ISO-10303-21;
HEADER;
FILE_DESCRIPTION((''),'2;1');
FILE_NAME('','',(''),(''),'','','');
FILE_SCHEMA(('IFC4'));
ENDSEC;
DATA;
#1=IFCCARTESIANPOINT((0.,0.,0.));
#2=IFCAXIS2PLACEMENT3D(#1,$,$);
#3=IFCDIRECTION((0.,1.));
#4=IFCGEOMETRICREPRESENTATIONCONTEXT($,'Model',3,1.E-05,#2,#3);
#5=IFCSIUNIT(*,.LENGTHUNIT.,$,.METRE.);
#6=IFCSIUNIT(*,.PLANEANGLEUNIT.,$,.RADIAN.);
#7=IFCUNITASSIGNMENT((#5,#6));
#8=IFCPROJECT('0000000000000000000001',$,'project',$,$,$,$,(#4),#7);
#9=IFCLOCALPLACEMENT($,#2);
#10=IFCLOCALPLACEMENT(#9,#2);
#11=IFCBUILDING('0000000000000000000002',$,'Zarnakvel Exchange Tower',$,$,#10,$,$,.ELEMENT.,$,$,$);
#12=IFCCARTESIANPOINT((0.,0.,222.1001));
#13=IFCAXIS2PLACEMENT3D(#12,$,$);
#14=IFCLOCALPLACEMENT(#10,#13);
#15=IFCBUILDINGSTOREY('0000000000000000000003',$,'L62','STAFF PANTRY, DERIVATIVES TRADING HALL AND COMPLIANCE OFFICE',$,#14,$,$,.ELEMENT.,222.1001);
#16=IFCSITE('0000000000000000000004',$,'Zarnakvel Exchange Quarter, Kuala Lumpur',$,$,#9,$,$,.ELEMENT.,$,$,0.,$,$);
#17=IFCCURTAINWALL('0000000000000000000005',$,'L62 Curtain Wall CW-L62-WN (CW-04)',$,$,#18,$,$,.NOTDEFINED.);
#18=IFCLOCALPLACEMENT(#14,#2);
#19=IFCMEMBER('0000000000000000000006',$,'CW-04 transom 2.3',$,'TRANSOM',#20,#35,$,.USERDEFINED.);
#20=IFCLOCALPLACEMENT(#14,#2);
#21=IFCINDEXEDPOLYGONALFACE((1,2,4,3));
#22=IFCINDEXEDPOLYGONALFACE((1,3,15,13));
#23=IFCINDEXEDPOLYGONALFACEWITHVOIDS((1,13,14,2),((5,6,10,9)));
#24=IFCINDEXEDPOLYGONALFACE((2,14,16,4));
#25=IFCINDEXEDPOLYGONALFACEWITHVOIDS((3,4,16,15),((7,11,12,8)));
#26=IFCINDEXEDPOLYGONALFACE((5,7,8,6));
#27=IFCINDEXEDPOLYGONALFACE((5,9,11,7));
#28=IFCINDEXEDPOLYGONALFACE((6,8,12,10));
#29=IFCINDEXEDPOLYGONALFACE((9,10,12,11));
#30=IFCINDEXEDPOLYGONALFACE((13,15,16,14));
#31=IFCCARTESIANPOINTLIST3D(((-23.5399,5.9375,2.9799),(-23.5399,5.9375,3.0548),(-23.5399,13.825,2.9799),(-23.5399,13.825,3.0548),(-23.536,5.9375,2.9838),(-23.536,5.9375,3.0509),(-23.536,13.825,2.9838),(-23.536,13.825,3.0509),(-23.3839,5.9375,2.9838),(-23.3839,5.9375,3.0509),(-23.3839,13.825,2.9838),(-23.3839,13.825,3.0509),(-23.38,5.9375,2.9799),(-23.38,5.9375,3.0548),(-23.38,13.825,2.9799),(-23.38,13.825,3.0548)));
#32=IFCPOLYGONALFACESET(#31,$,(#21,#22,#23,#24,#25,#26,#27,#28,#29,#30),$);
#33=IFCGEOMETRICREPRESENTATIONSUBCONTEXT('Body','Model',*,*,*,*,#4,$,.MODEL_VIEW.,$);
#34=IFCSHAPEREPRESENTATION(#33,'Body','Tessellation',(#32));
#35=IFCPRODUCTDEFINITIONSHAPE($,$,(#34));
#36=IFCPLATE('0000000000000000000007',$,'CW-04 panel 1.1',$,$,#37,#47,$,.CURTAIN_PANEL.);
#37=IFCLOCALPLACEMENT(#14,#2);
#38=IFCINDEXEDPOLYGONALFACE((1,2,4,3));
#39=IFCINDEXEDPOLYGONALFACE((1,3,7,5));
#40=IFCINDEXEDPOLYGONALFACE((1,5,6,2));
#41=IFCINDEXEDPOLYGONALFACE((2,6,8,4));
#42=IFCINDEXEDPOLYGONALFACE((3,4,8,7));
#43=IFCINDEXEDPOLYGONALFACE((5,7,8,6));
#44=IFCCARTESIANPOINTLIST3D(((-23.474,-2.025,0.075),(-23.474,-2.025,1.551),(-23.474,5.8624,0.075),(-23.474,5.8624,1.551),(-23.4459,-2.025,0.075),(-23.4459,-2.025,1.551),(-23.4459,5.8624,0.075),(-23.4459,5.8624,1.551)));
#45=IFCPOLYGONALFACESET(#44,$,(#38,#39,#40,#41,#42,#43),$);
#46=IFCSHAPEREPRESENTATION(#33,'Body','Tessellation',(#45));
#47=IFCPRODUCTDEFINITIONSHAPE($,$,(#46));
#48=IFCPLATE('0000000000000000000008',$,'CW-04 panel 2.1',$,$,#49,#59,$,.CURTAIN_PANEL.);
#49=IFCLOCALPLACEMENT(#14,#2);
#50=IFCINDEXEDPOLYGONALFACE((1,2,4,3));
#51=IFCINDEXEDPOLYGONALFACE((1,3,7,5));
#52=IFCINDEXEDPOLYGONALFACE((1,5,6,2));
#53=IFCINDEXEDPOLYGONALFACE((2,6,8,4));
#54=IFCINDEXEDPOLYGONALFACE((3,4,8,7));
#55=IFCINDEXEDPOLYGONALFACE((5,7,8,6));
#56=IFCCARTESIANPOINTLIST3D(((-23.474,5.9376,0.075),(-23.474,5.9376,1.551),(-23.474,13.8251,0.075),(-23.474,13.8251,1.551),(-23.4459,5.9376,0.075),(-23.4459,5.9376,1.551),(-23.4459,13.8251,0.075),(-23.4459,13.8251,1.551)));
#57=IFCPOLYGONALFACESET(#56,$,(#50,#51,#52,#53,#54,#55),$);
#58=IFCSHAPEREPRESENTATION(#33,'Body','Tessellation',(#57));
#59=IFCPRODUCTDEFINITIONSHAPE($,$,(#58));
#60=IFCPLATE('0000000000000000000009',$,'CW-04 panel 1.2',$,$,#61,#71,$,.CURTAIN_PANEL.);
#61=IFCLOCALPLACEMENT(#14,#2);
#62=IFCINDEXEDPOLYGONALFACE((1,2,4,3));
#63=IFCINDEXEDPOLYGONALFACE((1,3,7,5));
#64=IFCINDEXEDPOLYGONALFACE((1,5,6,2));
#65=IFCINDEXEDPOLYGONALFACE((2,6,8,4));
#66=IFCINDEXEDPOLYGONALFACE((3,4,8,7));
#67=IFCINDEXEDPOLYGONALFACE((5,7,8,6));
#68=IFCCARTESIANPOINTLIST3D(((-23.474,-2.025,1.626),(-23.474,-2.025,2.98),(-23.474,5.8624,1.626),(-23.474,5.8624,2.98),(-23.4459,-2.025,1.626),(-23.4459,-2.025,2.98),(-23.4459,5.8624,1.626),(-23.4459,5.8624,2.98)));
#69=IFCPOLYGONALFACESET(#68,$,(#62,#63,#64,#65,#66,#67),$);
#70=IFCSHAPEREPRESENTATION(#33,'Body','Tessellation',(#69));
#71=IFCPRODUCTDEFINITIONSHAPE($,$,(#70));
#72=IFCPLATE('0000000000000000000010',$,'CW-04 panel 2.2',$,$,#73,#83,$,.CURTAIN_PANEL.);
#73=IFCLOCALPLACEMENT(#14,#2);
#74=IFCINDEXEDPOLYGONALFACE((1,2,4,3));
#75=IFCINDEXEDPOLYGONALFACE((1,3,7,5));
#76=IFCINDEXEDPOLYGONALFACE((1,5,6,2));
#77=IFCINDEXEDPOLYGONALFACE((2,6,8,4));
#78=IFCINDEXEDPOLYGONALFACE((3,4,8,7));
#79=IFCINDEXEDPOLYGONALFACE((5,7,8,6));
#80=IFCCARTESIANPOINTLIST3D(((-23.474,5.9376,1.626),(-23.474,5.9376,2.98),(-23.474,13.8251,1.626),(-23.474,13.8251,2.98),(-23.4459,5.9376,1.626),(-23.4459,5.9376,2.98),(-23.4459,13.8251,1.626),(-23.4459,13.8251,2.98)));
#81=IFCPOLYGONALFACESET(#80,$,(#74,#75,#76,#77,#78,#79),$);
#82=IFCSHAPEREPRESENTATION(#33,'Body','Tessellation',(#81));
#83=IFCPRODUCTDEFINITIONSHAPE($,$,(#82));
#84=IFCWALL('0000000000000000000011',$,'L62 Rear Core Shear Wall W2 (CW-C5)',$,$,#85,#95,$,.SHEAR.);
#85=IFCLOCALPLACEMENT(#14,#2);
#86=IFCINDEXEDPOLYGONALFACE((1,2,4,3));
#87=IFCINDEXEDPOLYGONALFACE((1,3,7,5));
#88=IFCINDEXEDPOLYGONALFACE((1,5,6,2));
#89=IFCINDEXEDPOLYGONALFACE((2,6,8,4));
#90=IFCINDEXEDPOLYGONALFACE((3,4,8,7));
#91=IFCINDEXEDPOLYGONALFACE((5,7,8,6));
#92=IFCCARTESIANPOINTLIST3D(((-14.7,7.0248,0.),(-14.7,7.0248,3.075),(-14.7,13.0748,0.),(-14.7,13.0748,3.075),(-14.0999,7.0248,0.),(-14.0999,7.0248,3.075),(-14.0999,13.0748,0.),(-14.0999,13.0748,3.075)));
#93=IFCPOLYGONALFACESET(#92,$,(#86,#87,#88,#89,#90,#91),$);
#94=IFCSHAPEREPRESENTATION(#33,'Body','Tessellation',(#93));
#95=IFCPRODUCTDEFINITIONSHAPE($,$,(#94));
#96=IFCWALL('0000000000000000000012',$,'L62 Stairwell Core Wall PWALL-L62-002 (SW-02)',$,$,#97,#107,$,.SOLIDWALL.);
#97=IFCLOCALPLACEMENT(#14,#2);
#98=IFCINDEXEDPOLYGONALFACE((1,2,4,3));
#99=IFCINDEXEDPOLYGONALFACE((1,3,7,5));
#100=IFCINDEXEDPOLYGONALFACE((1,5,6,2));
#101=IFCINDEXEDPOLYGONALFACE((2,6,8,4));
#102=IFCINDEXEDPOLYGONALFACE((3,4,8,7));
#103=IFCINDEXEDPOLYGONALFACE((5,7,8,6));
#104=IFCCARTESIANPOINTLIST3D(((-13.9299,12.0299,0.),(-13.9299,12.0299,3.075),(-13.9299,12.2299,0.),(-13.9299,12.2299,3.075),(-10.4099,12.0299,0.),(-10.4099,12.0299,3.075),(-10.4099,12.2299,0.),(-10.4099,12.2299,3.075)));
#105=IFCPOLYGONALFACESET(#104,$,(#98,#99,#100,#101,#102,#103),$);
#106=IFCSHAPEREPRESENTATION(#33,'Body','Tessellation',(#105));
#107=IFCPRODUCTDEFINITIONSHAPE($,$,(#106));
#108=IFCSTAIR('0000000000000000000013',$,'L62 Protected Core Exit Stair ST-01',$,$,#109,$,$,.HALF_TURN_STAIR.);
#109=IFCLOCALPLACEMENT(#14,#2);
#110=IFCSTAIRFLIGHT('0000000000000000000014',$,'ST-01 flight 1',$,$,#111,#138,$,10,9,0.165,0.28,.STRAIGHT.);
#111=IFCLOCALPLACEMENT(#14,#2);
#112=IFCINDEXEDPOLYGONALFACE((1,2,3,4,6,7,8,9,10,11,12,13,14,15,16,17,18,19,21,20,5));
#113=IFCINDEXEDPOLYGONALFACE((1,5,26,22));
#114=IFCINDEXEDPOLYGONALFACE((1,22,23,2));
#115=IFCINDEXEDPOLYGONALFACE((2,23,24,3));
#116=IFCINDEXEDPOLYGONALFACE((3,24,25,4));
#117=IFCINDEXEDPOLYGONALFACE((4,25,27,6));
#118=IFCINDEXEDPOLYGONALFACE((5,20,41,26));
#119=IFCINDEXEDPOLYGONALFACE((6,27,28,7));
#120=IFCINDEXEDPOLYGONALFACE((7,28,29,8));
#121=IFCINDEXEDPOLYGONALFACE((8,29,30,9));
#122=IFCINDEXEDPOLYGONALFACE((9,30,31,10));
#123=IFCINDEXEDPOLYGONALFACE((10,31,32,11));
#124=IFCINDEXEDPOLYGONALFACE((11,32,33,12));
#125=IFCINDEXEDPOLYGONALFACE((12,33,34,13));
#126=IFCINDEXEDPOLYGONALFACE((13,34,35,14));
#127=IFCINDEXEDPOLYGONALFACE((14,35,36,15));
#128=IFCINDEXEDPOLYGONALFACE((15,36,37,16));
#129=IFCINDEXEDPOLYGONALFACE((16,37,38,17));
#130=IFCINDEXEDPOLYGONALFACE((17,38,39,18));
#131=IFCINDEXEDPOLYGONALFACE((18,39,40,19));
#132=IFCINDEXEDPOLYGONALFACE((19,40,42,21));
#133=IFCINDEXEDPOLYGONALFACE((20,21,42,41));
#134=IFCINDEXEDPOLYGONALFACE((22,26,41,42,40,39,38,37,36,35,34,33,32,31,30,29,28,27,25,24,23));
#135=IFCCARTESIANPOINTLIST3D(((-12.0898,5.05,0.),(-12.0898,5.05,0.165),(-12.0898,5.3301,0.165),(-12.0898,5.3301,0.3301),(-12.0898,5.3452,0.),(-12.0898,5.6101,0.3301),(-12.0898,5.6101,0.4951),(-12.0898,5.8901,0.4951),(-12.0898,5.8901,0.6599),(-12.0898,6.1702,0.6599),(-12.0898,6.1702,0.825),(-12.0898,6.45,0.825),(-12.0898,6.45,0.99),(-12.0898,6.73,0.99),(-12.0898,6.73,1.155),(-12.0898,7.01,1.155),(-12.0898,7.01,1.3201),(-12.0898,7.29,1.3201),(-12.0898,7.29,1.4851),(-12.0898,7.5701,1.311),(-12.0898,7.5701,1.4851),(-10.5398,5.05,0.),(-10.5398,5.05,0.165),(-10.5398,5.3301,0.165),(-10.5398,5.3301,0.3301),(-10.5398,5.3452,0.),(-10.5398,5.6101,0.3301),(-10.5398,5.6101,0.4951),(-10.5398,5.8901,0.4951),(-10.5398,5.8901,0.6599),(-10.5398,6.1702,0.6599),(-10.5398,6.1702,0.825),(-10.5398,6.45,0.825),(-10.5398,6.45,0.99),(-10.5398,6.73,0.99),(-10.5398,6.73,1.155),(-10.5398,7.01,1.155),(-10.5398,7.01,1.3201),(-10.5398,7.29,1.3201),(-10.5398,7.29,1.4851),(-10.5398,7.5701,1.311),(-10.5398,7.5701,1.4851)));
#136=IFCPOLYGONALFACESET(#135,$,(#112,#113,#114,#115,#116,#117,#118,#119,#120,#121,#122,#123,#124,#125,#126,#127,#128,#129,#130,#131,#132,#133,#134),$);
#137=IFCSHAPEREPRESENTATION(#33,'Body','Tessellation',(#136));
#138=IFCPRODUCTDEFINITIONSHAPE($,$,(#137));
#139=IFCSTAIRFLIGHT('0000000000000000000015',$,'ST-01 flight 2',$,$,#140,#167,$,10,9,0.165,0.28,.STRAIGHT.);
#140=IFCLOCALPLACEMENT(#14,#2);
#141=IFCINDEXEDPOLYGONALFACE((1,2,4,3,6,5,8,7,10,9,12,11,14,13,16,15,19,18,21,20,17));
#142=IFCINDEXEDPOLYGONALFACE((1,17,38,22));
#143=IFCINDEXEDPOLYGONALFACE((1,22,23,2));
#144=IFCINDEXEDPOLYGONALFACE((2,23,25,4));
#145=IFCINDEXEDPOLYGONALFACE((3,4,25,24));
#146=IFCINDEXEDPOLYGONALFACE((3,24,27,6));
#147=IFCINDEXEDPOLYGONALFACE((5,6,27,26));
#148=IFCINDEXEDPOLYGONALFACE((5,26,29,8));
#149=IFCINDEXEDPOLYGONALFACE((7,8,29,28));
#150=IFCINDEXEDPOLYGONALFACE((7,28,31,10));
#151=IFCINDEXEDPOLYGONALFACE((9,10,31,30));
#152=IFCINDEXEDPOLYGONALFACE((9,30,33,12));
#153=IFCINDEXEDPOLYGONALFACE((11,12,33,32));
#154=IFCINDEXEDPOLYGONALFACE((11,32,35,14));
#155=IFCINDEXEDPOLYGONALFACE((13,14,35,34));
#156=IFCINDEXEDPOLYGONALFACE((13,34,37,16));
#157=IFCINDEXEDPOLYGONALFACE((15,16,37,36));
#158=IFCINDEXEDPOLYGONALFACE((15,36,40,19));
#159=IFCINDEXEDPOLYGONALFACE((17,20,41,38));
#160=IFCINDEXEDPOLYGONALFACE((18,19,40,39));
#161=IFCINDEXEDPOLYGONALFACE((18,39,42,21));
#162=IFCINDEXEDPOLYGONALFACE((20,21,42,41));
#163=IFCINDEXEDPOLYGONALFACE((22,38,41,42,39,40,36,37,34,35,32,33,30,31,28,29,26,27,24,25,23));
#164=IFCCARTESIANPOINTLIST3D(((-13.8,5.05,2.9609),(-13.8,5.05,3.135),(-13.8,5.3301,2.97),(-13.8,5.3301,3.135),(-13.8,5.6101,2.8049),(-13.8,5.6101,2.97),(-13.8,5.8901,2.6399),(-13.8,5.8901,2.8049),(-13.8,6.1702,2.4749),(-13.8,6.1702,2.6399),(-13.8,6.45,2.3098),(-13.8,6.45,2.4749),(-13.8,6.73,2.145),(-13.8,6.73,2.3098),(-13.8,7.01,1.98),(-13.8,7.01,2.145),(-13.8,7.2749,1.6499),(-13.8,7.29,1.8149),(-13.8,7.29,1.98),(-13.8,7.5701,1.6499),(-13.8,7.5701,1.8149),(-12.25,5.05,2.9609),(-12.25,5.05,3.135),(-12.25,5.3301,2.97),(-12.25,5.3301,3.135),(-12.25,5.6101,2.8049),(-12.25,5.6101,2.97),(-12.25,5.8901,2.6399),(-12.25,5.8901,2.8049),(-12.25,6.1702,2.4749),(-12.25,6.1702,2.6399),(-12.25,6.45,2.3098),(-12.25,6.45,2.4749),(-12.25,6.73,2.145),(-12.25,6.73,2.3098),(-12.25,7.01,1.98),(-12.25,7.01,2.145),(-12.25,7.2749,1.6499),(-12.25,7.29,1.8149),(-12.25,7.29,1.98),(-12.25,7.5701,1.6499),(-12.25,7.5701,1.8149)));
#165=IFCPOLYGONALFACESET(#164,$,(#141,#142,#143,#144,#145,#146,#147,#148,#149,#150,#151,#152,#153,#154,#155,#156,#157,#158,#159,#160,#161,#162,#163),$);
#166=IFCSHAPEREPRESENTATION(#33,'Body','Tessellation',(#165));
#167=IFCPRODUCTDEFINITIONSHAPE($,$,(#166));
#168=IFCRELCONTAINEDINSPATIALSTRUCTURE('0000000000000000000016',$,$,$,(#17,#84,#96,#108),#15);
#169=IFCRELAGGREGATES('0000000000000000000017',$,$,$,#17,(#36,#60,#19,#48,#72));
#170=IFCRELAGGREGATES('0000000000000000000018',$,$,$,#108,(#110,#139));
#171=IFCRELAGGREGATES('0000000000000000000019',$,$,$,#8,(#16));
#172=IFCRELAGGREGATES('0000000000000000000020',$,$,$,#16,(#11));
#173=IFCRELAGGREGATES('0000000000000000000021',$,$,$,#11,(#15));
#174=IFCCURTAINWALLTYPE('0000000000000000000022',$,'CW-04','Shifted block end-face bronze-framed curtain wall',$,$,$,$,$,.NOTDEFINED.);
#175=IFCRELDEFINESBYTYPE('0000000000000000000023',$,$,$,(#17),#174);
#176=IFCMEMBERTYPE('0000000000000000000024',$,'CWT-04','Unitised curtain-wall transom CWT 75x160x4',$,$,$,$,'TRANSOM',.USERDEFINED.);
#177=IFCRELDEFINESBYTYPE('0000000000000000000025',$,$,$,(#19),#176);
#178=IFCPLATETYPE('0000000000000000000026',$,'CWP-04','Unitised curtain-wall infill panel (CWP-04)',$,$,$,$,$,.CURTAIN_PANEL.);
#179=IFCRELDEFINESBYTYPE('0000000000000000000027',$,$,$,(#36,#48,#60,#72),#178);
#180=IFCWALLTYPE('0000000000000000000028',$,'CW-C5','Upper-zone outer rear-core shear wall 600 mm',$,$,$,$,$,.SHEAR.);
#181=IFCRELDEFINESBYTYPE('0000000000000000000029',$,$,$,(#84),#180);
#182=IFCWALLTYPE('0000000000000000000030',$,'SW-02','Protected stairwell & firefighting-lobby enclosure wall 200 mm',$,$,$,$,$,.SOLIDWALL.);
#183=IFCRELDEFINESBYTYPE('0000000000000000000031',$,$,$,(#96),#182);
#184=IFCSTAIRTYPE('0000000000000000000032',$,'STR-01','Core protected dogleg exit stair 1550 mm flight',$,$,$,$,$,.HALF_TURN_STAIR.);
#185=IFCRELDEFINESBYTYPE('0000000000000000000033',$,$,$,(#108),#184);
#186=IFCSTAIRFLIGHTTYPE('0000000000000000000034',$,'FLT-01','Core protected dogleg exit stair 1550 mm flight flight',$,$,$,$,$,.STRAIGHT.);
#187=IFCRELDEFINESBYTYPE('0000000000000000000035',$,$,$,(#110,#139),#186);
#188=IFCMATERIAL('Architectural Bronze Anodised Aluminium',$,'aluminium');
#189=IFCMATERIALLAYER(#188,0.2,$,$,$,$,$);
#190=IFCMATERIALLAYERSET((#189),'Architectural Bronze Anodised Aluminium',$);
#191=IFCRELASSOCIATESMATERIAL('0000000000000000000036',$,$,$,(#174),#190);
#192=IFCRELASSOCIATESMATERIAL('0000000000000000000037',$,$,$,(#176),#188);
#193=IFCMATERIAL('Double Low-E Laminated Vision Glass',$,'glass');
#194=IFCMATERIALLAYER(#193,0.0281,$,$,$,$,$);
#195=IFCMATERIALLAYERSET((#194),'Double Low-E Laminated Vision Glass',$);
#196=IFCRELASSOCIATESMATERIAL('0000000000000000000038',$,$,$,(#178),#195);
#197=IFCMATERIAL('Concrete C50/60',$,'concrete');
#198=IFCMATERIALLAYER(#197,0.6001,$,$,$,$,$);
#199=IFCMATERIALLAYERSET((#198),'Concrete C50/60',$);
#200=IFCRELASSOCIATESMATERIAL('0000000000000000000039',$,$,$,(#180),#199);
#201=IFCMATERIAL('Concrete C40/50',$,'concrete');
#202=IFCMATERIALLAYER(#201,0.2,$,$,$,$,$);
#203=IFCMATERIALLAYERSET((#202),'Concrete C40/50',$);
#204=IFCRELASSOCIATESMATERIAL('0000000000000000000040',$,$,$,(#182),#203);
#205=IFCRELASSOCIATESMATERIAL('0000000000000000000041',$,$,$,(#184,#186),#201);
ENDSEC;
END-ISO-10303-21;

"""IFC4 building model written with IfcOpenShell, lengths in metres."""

from ifc_helpers import new_model, si_unit, direction, frame, frame_2d, origin, origin_2d, place, context, subcontext, project, spatial, polyline, rectangle, hollow_rectangle, outline, extrude, source, transform, mapped, material, layer, layer_set, material_profile, profile_set, type_object, element, aggregate, save


model = new_model("IFC4")

# Units and contexts
model_context = context("Model", 3, precision=1e-05, world=origin(), true_north=direction((0.0, 1.0)))
body_context = subcontext(model_context, "Body", "Model", "MODEL_VIEW")
ifc_project = project(units=[si_unit("LENGTHUNIT", "METRE"), si_unit("PLANEANGLEUNIT", "RADIAN")], contexts=[model_context])

# Site, building, storey
site_placement = place(None, origin())
site = spatial("IfcSite", under=ifc_project, at=site_placement, Name="Zarnakvel Exchange Quarter, Kuala Lumpur", CompositionType="ELEMENT", RefElevation=0.0)
building_placement = place(site_placement, origin())
building = spatial("IfcBuilding", under=site, at=building_placement, Name="Zarnakvel Exchange Tower", CompositionType="ELEMENT")
storey_placement = place(building_placement, frame((0.0, 0.0, 222.1001)))
storey = spatial("IfcBuildingStorey", under=building, at=storey_placement, Name="L62", Description="STAFF PANTRY, DERIVATIVES TRADING HALL AND COMPLIANCE OFFICE", CompositionType="ELEMENT", Elevation=222.1001)

# Shared definitions
ifc_material_1 = material(Name="Concrete C50/60", Category="concrete")

# Curtain wall, member, plates
ifc_material_2 = material(Name="Architectural Bronze Anodised Aluminium", Category="aluminium")
ifc_layer_1 = layer(ifc_material_2, 0.2)
ifc_layer_set_1 = layer_set([ifc_layer_1], Name="Architectural Bronze Anodised Aluminium")
curtain_wall_type = type_object("IfcCurtainWallType", Name="CW-04", Description="Shifted block end-face bronze-framed curtain wall", PredefinedType="NOTDEFINED", material=ifc_layer_set_1)
curtain_wall_placement = place(storey_placement, origin())
curtain_wall = element("IfcCurtainWall", 1, at=curtain_wall_placement, inside=storey, type_object=curtain_wall_type, Name="L62 Curtain Wall CW-L62-WN (CW-04)", PredefinedType="NOTDEFINED")
ifc_material_profile_1 = material_profile(ifc_material_2, hollow_rectangle(XDim=0.1599, YDim=0.075, WallThickness=0.0039, at=origin_2d()))
ifc_profile_set_1 = profile_set([ifc_material_profile_1], Name="Architectural Bronze Anodised Aluminium")
member_type_1 = type_object("IfcMemberType", Name="CWT-04", Description="Unitised curtain-wall transom CWT 75x160x4", ElementType="TRANSOM", PredefinedType="USERDEFINED", material=ifc_profile_set_1)
shared_shape_1 = source(origin(), body_context, "Body", "SweptSolid", [
    extrude(hollow_rectangle(XDim=0.1599, YDim=0.075, WallThickness=0.0039, at=origin_2d()), origin(), (0.0, 0.0, 1.0), 7.8875),
])
member_1_placement = place(storey_placement, frame((-23.46, 5.9375, 3.0173), z_axis=(0.0, 1.0, 0.0), x_axis=(-1.0, 0.0, 0.0)))
member_1 = element("IfcMember", 2, at=member_1_placement, type_object=member_type_1, Name="CW-04 transom 2.3", ObjectType="TRANSOM", PredefinedType="USERDEFINED", context=body_context, shape_type="MappedRepresentation", body=[
    mapped(shared_shape_1, transform((0.0, 0.0, 0.0), x_axis=(1.0, 0.0, 0.0), y_axis=(0.0, 1.0, 0.0), z_axis=(0.0, 0.0, 1.0), scale=1.0)),
])
ifc_material_3 = material(Name="Double Low-E Laminated Vision Glass", Category="glass")
ifc_layer_2 = layer(ifc_material_3, 0.0281)
ifc_layer_set_2 = layer_set([ifc_layer_2], Name="Double Low-E Laminated Vision Glass")
plate_type = type_object("IfcPlateType", Name="CWP-04", Description="Unitised curtain-wall infill panel (CWP-04)", PredefinedType="CURTAIN_PANEL", material=ifc_layer_set_2)
shared_shape_2 = source(origin(), body_context, "Body", "SweptSolid", [
    extrude(rectangle(XDim=7.8875, YDim=0.0281, at=origin_2d()), origin(), (0.0, 0.0, 1.0), 1.4761),
])
plate_1_placement = place(storey_placement, frame((-23.46, 1.9187, 0.075), z_axis=(0.0, 0.0, 1.0), x_axis=(0.0, 1.0, 0.0)))
plate_1 = element("IfcPlate", 3, at=plate_1_placement, type_object=plate_type, Name="CW-04 panel 1.1", PredefinedType="CURTAIN_PANEL", context=body_context, shape_type="MappedRepresentation", body=[
    mapped(shared_shape_2, transform((0.0, 0.0, 0.0), x_axis=(1.0, 0.0, 0.0), y_axis=(0.0, 1.0, 0.0), z_axis=(0.0, 0.0, 1.0), scale=1.0)),
])
plate_2_placement = place(storey_placement, frame((-23.46, 9.8813, 0.075), z_axis=(0.0, 0.0, 1.0), x_axis=(0.0, 1.0, 0.0)))
plate_2 = element("IfcPlate", 4, at=plate_2_placement, type_object=plate_type, Name="CW-04 panel 2.1", PredefinedType="CURTAIN_PANEL", context=body_context, shape_type="MappedRepresentation", body=[
    mapped(shared_shape_2, transform((0.0, 0.0, 0.0), x_axis=(1.0, 0.0, 0.0), y_axis=(0.0, 1.0, 0.0), z_axis=(0.0, 0.0, 1.0), scale=1.0)),
])
shared_shape_3 = source(origin(), body_context, "Body", "SweptSolid", [
    extrude(rectangle(XDim=7.8875, YDim=0.0281, at=origin_2d()), origin(), (0.0, 0.0, 1.0), 1.354),
])
plate_3_placement = place(storey_placement, frame((-23.46, 1.9187, 1.626), z_axis=(0.0, 0.0, 1.0), x_axis=(0.0, 1.0, 0.0)))
plate_3 = element("IfcPlate", 5, at=plate_3_placement, type_object=plate_type, Name="CW-04 panel 1.2", PredefinedType="CURTAIN_PANEL", context=body_context, shape_type="MappedRepresentation", body=[
    mapped(shared_shape_3, transform((0.0, 0.0, 0.0), x_axis=(1.0, 0.0, 0.0), y_axis=(0.0, 1.0, 0.0), z_axis=(0.0, 0.0, 1.0), scale=1.0)),
])
plate_4_placement = place(storey_placement, frame((-23.46, 9.8813, 1.626), z_axis=(0.0, 0.0, 1.0), x_axis=(0.0, 1.0, 0.0)))
plate_4 = element("IfcPlate", 6, at=plate_4_placement, type_object=plate_type, Name="CW-04 panel 2.2", PredefinedType="CURTAIN_PANEL", context=body_context, shape_type="MappedRepresentation", body=[
    mapped(shared_shape_3, transform((0.0, 0.0, 0.0), x_axis=(1.0, 0.0, 0.0), y_axis=(0.0, 1.0, 0.0), z_axis=(0.0, 0.0, 1.0), scale=1.0)),
])
aggregate(curtain_wall, [plate_1, plate_3, member_1, plate_2, plate_4])

# Walls
ifc_layer_3 = layer(ifc_material_1, 0.6001)
ifc_layer_set_3 = layer_set([ifc_layer_3], Name="Concrete C50/60")
wall_type_1 = type_object("IfcWallType", Name="CW-C5", Description="Upper-zone outer rear-core shear wall 600 mm", PredefinedType="SHEAR", material=ifc_layer_set_3)
wall_1_placement = place(storey_placement, frame((-14.3999, 7.0249, 0.0), z_axis=(0.0, 0.0, 1.0), x_axis=(0.0, 1.0, 0.0)))
element("IfcWall", 7, at=wall_1_placement, inside=storey, type_object=wall_type_1, Name="L62 Rear Core Shear Wall W2 (CW-C5)", PredefinedType="SHEAR", context=body_context, shape_type="SweptSolid", body=[
    extrude(rectangle(XDim=6.05, YDim=0.6001, at=frame_2d((3.0249, 0.0))), origin(), (0.0, 0.0, 1.0), 3.075),
])
ifc_material_4 = material(Name="Concrete C40/50", Category="concrete")
ifc_layer_4 = layer(ifc_material_4, 0.2)
ifc_layer_set_4 = layer_set([ifc_layer_4], Name="Concrete C40/50")
wall_type_2 = type_object("IfcWallType", Name="SW-02", Description="Protected stairwell & firefighting-lobby enclosure wall 200 mm", PredefinedType="SOLIDWALL", material=ifc_layer_set_4)
wall_2_placement = place(storey_placement, frame((-13.9299, 12.1299, 0.0), z_axis=(0.0, 0.0, 1.0), x_axis=(1.0, 0.0, 0.0)))
element("IfcWall", 8, at=wall_2_placement, inside=storey, type_object=wall_type_2, Name="L62 Stairwell Core Wall PWALL-L62-002 (SW-02)", PredefinedType="SOLIDWALL", context=body_context, shape_type="SweptSolid", body=[
    extrude(rectangle(XDim=3.52, YDim=0.2, at=frame_2d((1.76, 0.0))), origin(), (0.0, 0.0, 1.0), 3.075),
])

# Stair, stair flights
stair_type = type_object("IfcStairType", Name="STR-01", Description="Core protected dogleg exit stair 1550 mm flight", PredefinedType="HALF_TURN_STAIR", material=ifc_material_4)
stair_placement = place(storey_placement, origin())
stair = element("IfcStair", 9, at=stair_placement, inside=storey, type_object=stair_type, Name="L62 Protected Core Exit Stair ST-01", PredefinedType="HALF_TURN_STAIR")
stair_flight_type = type_object("IfcStairFlightType", Name="FLT-01", Description="Core protected dogleg exit stair 1550 mm flight flight", PredefinedType="STRAIGHT", material=ifc_material_4)
stair_flight_1_placement = place(storey_placement, frame((-11.3149, 5.05, 0.0), z_axis=(0.0, 0.0, 1.0), x_axis=(0.0, 1.0, 0.0)))
stair_flight_1 = element("IfcStairFlight", 10, at=stair_flight_1_placement, type_object=stair_flight_type, Name="ST-01 flight 1", NumberOfRisers=10, NumberOfTreads=9, PredefinedType="STRAIGHT", RiserHeight=0.165, TreadLength=0.28, context=body_context, shape_type="SweptSolid", body=[
    extrude(outline(polyline([(0.0, 0.0), (0.0, 0.165), (0.28, 0.165), (0.28, 0.3301), (0.5601, 0.3301), (0.5601, 0.4951), (0.8401, 0.4951), (0.8401, 0.6599), (1.1201, 0.6599), (1.1201, 0.825), (1.3999, 0.825), (1.3999, 0.99), (1.6799, 0.99), (1.6799, 1.155), (1.96, 1.155), (1.96, 1.3201), (2.24, 1.3201), (2.24, 1.4851), (2.52, 1.4851), (2.52, 1.6499), (2.52, 1.311), (0.2952, 0.0), (0.0, 0.0)])), frame((0.0, 0.7749, 0.0), z_axis=(0.0, -1.0, 0.0), x_axis=(1.0, 0.0, 0.0)), (0.0, 0.0, 1.0), 1.55),
])
stair_flight_2_placement = place(storey_placement, frame((-13.0249, 7.5701, 1.6499), z_axis=(0.0, 0.0, 1.0), x_axis=(0.0, -1.0, 0.0)))
stair_flight_2 = element("IfcStairFlight", 11, at=stair_flight_2_placement, type_object=stair_flight_type, Name="ST-01 flight 2", NumberOfRisers=10, NumberOfTreads=9, PredefinedType="STRAIGHT", RiserHeight=0.165, TreadLength=0.28, context=body_context, shape_type="SweptSolid", body=[
    extrude(outline(polyline([(0.0, 0.0), (0.0, 0.165), (0.28, 0.165), (0.28, 0.3301), (0.5601, 0.3301), (0.5601, 0.4951), (0.8401, 0.4951), (0.8401, 0.6599), (1.1201, 0.6599), (1.1201, 0.825), (1.3999, 0.825), (1.3999, 0.99), (1.6799, 0.99), (1.6799, 1.155), (1.96, 1.155), (1.96, 1.3201), (2.24, 1.3201), (2.24, 1.4851), (2.52, 1.4851), (2.52, 1.6499), (2.52, 1.311), (0.2952, 0.0), (0.0, 0.0)])), frame((0.0, 0.7749, 0.0), z_axis=(0.0, -1.0, 0.0), x_axis=(1.0, 0.0, 0.0)), (0.0, 0.0, 1.0), 1.55),
])
aggregate(stair, [stair_flight_1, stair_flight_2])

save(model, "model.ifc")
